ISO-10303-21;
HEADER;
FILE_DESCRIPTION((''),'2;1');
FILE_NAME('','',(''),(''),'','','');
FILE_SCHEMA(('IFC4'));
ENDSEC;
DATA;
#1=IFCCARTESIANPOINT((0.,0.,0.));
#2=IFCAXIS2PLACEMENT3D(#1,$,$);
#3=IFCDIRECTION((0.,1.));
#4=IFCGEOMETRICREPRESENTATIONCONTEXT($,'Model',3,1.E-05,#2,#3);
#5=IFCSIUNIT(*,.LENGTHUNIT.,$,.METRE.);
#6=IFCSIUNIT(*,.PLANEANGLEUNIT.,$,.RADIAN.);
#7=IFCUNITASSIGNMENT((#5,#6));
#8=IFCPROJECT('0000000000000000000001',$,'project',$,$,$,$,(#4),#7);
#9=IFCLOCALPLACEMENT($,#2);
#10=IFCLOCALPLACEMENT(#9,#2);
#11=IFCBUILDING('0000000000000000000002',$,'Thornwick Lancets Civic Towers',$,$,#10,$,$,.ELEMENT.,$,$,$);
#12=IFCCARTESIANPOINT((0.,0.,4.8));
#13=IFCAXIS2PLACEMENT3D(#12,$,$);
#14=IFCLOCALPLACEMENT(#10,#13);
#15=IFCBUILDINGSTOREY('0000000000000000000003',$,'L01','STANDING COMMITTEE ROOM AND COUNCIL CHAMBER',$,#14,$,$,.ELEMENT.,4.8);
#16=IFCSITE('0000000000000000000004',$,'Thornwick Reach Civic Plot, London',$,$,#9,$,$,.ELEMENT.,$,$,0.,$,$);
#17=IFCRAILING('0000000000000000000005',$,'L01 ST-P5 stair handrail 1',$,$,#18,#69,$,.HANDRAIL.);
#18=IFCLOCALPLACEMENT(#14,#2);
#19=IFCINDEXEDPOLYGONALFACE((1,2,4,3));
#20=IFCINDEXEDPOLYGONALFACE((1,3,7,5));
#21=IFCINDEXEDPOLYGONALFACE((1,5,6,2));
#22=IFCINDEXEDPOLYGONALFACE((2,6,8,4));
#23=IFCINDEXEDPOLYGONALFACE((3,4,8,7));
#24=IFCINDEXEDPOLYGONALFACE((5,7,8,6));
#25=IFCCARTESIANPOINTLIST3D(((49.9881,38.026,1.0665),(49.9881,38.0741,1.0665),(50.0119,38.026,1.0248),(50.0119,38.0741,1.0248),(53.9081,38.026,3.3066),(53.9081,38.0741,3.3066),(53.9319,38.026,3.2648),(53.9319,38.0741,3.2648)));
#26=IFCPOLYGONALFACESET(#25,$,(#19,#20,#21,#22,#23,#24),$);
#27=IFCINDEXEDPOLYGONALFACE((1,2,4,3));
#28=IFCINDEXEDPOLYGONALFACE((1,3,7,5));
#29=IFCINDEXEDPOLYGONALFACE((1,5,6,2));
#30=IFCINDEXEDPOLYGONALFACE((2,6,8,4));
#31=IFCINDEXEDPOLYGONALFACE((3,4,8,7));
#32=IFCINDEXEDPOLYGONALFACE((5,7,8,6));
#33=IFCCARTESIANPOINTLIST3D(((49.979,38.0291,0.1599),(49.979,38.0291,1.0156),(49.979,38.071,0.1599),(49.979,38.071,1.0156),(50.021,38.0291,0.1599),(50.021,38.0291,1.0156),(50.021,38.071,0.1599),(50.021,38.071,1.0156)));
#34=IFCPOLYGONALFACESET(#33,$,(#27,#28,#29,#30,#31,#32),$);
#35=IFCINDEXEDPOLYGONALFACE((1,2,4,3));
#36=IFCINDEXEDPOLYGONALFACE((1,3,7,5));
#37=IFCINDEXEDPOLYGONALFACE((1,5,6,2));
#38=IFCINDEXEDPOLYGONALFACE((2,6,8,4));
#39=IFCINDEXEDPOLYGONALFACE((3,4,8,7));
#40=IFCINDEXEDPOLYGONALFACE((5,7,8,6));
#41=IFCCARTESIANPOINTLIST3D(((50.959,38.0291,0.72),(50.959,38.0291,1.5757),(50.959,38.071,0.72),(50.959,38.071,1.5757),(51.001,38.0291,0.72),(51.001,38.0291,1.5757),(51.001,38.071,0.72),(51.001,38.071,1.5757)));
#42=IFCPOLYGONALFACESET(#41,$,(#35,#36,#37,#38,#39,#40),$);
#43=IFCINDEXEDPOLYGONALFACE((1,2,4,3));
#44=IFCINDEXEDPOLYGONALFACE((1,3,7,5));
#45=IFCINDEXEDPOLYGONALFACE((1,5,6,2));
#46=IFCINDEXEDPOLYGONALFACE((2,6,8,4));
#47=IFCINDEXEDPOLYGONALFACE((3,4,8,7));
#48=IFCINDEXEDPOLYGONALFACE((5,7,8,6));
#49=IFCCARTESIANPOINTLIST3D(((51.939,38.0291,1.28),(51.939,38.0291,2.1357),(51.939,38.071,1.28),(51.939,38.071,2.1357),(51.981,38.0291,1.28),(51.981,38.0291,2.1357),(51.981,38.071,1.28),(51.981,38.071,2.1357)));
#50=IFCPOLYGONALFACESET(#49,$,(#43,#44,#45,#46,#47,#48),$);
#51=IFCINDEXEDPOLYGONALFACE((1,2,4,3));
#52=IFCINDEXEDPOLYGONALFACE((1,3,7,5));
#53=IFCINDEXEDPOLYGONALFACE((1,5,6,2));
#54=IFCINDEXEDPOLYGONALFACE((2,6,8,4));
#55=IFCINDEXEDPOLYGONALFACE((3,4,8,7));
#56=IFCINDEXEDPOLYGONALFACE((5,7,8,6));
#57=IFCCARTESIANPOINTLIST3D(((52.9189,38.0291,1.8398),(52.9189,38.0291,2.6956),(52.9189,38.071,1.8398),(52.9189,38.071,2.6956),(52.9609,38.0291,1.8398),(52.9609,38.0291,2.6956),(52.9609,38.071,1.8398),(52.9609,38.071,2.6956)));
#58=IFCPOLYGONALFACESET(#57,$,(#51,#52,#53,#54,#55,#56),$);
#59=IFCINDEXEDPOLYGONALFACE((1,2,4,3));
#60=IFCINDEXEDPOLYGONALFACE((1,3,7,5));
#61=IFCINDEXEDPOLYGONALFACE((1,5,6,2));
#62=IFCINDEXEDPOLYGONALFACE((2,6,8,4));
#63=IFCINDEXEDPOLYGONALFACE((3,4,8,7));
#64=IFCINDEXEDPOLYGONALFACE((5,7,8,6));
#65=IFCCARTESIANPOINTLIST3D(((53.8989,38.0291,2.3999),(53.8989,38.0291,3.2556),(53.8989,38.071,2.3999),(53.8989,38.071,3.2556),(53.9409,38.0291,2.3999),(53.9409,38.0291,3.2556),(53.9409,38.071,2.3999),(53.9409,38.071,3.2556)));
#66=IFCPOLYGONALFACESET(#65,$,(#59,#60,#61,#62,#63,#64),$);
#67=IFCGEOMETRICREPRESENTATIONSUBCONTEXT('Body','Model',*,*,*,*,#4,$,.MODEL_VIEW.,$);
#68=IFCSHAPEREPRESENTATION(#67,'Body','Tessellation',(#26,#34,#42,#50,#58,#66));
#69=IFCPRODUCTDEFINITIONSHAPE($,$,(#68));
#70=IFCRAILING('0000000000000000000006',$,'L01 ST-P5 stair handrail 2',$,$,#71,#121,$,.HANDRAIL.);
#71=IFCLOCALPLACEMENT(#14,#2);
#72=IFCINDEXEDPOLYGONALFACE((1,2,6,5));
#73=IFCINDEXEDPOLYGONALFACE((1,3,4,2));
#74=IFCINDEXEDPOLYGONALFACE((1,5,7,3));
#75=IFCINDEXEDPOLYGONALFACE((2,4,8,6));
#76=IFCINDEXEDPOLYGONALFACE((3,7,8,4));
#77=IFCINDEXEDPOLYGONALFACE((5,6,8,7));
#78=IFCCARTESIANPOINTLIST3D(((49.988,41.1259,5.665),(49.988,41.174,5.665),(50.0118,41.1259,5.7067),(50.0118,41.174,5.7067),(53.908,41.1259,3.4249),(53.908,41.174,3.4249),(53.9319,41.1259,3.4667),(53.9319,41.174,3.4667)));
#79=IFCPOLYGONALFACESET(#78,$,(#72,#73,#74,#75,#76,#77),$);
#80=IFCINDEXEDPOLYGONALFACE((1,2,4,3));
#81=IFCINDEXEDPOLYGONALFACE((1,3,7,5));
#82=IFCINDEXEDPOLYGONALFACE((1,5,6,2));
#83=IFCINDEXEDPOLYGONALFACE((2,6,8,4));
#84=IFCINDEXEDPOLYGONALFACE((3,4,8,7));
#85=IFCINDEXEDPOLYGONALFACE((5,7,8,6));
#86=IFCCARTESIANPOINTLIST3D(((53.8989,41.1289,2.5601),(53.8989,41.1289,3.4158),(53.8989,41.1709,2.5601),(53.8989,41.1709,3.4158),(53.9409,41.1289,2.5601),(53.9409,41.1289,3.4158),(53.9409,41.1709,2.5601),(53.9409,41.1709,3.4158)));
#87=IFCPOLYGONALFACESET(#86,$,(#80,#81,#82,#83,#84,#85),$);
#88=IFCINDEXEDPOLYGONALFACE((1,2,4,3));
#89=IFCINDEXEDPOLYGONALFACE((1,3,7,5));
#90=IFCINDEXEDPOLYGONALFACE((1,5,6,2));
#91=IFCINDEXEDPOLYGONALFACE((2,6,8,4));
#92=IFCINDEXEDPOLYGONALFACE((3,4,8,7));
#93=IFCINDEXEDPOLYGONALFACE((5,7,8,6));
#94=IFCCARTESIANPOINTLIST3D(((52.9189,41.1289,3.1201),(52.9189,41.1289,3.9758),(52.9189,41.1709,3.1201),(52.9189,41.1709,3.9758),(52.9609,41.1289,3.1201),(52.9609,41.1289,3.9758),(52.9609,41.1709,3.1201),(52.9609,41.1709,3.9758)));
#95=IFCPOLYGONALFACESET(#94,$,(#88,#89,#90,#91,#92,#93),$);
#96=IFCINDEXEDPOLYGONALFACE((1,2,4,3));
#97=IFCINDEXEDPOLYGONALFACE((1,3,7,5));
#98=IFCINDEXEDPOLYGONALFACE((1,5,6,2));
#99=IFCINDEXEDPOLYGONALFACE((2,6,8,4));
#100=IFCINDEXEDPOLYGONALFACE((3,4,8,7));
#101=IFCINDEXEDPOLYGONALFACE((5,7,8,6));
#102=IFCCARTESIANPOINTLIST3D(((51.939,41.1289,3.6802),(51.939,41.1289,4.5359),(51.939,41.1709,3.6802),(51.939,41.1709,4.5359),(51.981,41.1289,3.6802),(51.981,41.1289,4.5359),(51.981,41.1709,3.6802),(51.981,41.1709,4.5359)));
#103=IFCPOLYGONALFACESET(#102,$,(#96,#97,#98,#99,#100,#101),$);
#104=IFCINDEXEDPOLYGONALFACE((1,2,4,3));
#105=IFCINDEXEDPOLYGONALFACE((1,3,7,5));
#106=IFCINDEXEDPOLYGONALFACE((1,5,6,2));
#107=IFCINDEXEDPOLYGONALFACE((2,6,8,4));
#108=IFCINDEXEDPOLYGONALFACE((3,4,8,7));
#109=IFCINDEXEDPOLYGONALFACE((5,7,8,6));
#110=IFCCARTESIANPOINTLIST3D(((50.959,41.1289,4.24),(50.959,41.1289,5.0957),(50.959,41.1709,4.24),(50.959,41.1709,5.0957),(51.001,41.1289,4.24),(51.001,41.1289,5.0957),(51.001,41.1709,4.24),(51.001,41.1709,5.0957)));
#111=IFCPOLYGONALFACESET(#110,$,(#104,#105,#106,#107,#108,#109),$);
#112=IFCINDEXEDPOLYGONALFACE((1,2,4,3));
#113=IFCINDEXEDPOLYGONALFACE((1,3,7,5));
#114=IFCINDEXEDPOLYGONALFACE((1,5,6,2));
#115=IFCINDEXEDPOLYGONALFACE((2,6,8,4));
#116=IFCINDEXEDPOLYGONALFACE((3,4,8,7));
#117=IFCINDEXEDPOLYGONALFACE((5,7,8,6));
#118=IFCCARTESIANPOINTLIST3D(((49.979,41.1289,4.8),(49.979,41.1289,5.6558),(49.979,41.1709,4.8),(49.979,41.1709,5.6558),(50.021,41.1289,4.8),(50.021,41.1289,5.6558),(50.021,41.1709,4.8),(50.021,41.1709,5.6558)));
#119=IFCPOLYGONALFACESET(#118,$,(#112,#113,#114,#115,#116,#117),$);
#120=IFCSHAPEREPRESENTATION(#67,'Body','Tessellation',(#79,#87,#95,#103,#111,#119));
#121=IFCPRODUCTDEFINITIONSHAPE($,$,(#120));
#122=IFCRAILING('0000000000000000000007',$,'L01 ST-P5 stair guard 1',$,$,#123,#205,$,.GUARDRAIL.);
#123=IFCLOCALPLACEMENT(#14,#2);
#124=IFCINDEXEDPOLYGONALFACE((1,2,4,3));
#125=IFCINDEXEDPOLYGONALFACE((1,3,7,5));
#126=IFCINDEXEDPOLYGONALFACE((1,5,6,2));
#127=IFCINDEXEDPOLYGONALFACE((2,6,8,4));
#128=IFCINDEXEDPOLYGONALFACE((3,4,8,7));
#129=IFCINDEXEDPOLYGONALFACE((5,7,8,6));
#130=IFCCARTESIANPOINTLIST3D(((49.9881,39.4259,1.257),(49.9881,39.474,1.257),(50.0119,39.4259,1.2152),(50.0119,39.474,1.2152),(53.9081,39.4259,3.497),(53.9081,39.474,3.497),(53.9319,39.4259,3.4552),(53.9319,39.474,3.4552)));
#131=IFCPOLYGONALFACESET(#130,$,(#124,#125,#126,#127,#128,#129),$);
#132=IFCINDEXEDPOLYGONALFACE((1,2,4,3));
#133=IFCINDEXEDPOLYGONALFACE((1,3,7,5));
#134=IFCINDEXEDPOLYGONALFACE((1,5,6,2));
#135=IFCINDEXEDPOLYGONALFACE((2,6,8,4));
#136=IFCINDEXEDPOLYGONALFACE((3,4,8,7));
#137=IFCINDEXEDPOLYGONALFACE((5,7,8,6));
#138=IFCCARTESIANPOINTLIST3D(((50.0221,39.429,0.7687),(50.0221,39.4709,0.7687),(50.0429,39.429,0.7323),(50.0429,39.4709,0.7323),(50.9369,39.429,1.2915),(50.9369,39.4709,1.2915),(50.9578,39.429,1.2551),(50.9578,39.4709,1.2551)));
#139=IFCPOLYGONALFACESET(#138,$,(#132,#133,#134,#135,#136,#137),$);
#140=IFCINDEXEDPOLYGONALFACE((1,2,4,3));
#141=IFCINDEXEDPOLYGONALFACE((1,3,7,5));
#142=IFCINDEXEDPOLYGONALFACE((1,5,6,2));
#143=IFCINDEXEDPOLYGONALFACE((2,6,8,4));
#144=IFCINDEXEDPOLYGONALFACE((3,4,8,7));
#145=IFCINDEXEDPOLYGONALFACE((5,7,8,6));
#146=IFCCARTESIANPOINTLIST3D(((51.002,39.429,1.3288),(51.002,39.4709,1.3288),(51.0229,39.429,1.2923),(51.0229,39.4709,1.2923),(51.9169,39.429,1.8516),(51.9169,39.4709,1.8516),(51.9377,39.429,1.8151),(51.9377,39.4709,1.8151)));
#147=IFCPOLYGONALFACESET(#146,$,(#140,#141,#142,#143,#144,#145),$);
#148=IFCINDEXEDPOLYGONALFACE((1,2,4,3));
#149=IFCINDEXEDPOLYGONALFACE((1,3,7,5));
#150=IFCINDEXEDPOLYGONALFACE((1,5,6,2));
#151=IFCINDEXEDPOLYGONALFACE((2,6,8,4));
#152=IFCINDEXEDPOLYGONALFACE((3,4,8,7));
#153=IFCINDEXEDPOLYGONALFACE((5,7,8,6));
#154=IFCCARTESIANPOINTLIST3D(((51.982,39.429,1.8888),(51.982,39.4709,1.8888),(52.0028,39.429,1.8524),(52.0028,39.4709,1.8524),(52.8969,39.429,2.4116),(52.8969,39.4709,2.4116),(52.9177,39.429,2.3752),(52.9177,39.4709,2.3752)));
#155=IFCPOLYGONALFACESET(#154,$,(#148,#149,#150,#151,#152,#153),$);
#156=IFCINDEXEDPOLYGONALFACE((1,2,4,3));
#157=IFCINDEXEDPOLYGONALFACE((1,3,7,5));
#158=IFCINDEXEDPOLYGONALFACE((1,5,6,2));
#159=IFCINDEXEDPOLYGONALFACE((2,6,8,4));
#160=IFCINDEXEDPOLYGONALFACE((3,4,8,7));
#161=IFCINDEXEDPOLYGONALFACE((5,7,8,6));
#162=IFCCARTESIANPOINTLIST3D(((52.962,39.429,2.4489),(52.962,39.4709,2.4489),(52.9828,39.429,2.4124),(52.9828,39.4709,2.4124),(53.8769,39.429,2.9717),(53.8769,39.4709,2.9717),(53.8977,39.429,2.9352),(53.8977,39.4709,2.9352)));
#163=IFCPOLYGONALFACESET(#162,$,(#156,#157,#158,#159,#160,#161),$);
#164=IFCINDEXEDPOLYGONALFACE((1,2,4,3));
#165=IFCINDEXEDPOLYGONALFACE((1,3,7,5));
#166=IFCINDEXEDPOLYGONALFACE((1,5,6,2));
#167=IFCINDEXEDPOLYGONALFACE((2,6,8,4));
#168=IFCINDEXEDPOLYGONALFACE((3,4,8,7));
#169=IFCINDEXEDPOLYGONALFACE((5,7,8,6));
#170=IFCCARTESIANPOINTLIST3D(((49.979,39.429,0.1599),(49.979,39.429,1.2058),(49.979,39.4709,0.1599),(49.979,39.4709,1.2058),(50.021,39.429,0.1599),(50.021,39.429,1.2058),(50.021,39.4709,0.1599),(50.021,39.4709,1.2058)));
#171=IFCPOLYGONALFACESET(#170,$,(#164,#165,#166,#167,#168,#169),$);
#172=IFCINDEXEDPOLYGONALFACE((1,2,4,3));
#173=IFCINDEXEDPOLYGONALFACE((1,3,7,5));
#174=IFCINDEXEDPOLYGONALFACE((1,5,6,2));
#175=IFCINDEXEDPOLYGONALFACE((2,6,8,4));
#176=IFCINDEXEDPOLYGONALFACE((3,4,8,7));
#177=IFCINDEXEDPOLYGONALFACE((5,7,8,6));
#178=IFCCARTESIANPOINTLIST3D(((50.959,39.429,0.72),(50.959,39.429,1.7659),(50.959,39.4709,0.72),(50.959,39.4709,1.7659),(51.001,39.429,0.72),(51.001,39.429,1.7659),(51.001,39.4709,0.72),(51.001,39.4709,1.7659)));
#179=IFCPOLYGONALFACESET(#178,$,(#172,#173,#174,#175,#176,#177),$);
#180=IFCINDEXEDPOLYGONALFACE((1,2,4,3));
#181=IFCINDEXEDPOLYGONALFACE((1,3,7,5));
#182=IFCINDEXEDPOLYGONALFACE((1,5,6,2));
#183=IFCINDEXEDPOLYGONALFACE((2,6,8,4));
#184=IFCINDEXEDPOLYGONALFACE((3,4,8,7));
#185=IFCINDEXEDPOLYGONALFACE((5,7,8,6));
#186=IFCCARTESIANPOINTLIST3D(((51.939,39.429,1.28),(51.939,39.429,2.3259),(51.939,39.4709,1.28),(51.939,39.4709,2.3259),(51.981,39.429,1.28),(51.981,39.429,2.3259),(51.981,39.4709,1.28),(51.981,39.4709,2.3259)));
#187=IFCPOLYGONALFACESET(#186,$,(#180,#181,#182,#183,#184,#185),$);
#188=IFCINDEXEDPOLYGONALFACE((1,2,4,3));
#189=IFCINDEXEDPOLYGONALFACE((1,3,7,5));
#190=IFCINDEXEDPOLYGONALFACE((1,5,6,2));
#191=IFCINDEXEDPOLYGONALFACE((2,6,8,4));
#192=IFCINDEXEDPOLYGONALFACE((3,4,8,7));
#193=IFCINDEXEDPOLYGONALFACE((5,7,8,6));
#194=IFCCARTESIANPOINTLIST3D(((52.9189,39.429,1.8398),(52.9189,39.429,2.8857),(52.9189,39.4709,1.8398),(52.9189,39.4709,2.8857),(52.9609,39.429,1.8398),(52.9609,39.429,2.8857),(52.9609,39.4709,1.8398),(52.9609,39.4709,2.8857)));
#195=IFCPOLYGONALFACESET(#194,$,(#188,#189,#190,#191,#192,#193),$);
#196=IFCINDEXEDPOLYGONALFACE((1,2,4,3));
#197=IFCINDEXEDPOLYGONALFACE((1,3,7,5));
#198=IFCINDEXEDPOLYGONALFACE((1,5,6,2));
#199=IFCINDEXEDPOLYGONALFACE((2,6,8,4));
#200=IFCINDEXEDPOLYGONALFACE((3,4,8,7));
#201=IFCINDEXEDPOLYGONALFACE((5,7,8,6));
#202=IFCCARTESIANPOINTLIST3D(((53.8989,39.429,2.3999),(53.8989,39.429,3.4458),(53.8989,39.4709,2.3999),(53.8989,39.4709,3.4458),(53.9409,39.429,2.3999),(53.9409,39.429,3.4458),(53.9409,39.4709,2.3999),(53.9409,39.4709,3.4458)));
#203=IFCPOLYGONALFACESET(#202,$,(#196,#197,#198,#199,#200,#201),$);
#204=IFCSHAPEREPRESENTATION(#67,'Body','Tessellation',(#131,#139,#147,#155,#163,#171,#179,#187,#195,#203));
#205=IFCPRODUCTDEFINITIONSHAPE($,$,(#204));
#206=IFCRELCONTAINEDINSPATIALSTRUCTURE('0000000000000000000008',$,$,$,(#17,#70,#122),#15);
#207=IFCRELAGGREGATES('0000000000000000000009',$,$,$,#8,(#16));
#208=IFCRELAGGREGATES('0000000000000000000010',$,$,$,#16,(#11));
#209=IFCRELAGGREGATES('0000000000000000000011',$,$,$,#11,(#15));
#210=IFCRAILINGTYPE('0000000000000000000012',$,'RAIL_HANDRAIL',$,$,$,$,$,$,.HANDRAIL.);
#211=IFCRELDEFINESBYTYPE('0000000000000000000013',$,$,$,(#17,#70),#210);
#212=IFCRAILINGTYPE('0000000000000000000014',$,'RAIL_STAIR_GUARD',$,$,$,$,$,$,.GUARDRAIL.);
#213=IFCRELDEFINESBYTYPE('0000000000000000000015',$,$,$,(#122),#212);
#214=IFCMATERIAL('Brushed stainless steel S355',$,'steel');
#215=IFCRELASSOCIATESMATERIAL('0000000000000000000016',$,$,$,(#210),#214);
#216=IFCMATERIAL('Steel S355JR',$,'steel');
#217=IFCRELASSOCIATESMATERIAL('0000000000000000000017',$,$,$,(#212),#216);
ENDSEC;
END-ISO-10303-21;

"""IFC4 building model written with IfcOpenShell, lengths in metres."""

from ifc_helpers import new_model, si_unit, direction, frame, origin, origin_2d, place, context, subcontext, project, spatial, rectangle, extrude, material, type_object, element, save


model = new_model("IFC4")

# Units and contexts
model_context = context("Model", 3, precision=1e-05, world=origin(), true_north=direction((0.0, 1.0)))
body_context = subcontext(model_context, "Body", "Model", "MODEL_VIEW")
ifc_project = project(units=[si_unit("LENGTHUNIT", "METRE"), si_unit("PLANEANGLEUNIT", "RADIAN")], contexts=[model_context])

# Site, building, storey
site_placement = place(None, origin())
site = spatial("IfcSite", under=ifc_project, at=site_placement, Name="Thornwick Reach Civic Plot, London", CompositionType="ELEMENT", RefElevation=0.0)
building_placement = place(site_placement, origin())
building = spatial("IfcBuilding", under=site, at=building_placement, Name="Thornwick Lancets Civic Towers", CompositionType="ELEMENT")
storey_placement = place(building_placement, frame((0.0, 0.0, 4.8)))
storey = spatial("IfcBuildingStorey", under=building, at=storey_placement, Name="L01", Description="STANDING COMMITTEE ROOM AND COUNCIL CHAMBER", CompositionType="ELEMENT", Elevation=4.8)

# Shared definitions
ifc_material_1 = material(Name="Steel S355JR", Category="steel")

# Railings
ifc_material_2 = material(Name="Brushed stainless steel S355", Category="steel")
railing_type_1 = type_object("IfcRailingType", Name="RAIL_HANDRAIL", PredefinedType="HANDRAIL", material=ifc_material_2)
railing_1_placement = place(storey_placement, frame((50.0, 38.05, 0.1599)))
element("IfcRailing", 1, at=railing_1_placement, inside=storey, type_object=railing_type_1, Name="L01 ST-P5 stair handrail 1", PredefinedType="HANDRAIL", context=body_context, shape_type="SweptSolid", body=[
    extrude(rectangle(XDim=0.0481, YDim=0.0481, at=origin_2d()), frame((0.0, 0.0, 0.8857), z_axis=(0.86824, 0.0, 0.496145), x_axis=(0.0, 1.0, 0.0)), (0.0, 0.0, 1.0), 4.5149),
    extrude(rectangle(XDim=0.042, YDim=0.042, at=origin_2d()), origin(), (0.0, 0.0, 1.0), 0.8557),
    extrude(rectangle(XDim=0.042, YDim=0.042, at=origin_2d()), frame((0.98, 0.0, 0.5601)), (0.0, 0.0, 1.0), 0.8557),
    extrude(rectangle(XDim=0.042, YDim=0.042, at=origin_2d()), frame((1.96, 0.0, 1.1201)), (0.0, 0.0, 1.0), 0.8557),
    extrude(rectangle(XDim=0.042, YDim=0.042, at=origin_2d()), frame((2.9399, 0.0, 1.6799)), (0.0, 0.0, 1.0), 0.8557),
    extrude(rectangle(XDim=0.042, YDim=0.042, at=origin_2d()), frame((3.9199, 0.0, 2.24)), (0.0, 0.0, 1.0), 0.8557),
])
railing_2_placement = place(storey_placement, frame((53.9199, 41.1499, 2.5601)))
element("IfcRailing", 2, at=railing_2_placement, inside=storey, type_object=railing_type_1, Name="L01 ST-P5 stair handrail 2", PredefinedType="HANDRAIL", context=body_context, shape_type="SweptSolid", body=[
    extrude(rectangle(XDim=0.0481, YDim=0.0481, at=origin_2d()), frame((0.0, 0.0, 0.8857), z_axis=(-0.86824, 0.0, 0.496145), x_axis=(0.0, -1.0, 0.0)), (0.0, 0.0, 1.0), 4.5149),
    extrude(rectangle(XDim=0.042, YDim=0.042, at=origin_2d()), origin(), (0.0, 0.0, 1.0), 0.8557),
    extrude(rectangle(XDim=0.042, YDim=0.042, at=origin_2d()), frame((-0.98, 0.0, 0.5601)), (0.0, 0.0, 1.0), 0.8557),
    extrude(rectangle(XDim=0.042, YDim=0.042, at=origin_2d()), frame((-1.96, 0.0, 1.1201)), (0.0, 0.0, 1.0), 0.8557),
    extrude(rectangle(XDim=0.042, YDim=0.042, at=origin_2d()), frame((-2.9399, 0.0, 1.6799)), (0.0, 0.0, 1.0), 0.8557),
    extrude(rectangle(XDim=0.042, YDim=0.042, at=origin_2d()), frame((-3.9199, 0.0, 2.24)), (0.0, 0.0, 1.0), 0.8557),
])
railing_type_2 = type_object("IfcRailingType", Name="RAIL_STAIR_GUARD", PredefinedType="GUARDRAIL", material=ifc_material_1)
railing_3_placement = place(storey_placement, frame((50.0, 39.45, 0.1599)))
element("IfcRailing", 3, at=railing_3_placement, inside=storey, type_object=railing_type_2, Name="L01 ST-P5 stair guard 1", PredefinedType="GUARDRAIL", context=body_context, shape_type="SweptSolid", body=[
    extrude(rectangle(XDim=0.0481, YDim=0.0481, at=origin_2d()), frame((0.0, 0.0, 1.0762), z_axis=(0.86824, 0.0, 0.496145), x_axis=(0.0, 1.0, 0.0)), (0.0, 0.0, 1.0), 4.5149),
    extrude(rectangle(XDim=0.042, YDim=0.042, at=origin_2d()), frame((0.0325, 0.0, 0.5906), z_axis=(0.86824, 0.0, 0.496145), x_axis=(0.0, 1.0, 0.0)), (0.0, 0.0, 1.0), 1.0537),
    extrude(rectangle(XDim=0.042, YDim=0.042, at=origin_2d()), frame((1.0125, 0.0, 1.1506), z_axis=(0.86824, 0.0, 0.496145), x_axis=(0.0, 1.0, 0.0)), (0.0, 0.0, 1.0), 1.0537),
    extrude(rectangle(XDim=0.042, YDim=0.042, at=origin_2d()), frame((1.9924, 0.0, 1.7107), z_axis=(0.86824, 0.0, 0.496145), x_axis=(0.0, 1.0, 0.0)), (0.0, 0.0, 1.0), 1.0537),
    extrude(rectangle(XDim=0.042, YDim=0.042, at=origin_2d()), frame((2.9724, 0.0, 2.2708), z_axis=(0.86824, 0.0, 0.496145), x_axis=(0.0, 1.0, 0.0)), (0.0, 0.0, 1.0), 1.0537),
    extrude(rectangle(XDim=0.042, YDim=0.042, at=origin_2d()), origin(), (0.0, 0.0, 1.0), 1.0459),
    extrude(rectangle(XDim=0.042, YDim=0.042, at=origin_2d()), frame((0.98, 0.0, 0.5601)), (0.0, 0.0, 1.0), 1.0459),
    extrude(rectangle(XDim=0.042, YDim=0.042, at=origin_2d()), frame((1.96, 0.0, 1.1201)), (0.0, 0.0, 1.0), 1.0459),
    extrude(rectangle(XDim=0.042, YDim=0.042, at=origin_2d()), frame((2.9399, 0.0, 1.6799)), (0.0, 0.0, 1.0), 1.0459),
    extrude(rectangle(XDim=0.042, YDim=0.042, at=origin_2d()), frame((3.9199, 0.0, 2.24)), (0.0, 0.0, 1.0), 1.0459),
])

save(model, "model.ifc")
